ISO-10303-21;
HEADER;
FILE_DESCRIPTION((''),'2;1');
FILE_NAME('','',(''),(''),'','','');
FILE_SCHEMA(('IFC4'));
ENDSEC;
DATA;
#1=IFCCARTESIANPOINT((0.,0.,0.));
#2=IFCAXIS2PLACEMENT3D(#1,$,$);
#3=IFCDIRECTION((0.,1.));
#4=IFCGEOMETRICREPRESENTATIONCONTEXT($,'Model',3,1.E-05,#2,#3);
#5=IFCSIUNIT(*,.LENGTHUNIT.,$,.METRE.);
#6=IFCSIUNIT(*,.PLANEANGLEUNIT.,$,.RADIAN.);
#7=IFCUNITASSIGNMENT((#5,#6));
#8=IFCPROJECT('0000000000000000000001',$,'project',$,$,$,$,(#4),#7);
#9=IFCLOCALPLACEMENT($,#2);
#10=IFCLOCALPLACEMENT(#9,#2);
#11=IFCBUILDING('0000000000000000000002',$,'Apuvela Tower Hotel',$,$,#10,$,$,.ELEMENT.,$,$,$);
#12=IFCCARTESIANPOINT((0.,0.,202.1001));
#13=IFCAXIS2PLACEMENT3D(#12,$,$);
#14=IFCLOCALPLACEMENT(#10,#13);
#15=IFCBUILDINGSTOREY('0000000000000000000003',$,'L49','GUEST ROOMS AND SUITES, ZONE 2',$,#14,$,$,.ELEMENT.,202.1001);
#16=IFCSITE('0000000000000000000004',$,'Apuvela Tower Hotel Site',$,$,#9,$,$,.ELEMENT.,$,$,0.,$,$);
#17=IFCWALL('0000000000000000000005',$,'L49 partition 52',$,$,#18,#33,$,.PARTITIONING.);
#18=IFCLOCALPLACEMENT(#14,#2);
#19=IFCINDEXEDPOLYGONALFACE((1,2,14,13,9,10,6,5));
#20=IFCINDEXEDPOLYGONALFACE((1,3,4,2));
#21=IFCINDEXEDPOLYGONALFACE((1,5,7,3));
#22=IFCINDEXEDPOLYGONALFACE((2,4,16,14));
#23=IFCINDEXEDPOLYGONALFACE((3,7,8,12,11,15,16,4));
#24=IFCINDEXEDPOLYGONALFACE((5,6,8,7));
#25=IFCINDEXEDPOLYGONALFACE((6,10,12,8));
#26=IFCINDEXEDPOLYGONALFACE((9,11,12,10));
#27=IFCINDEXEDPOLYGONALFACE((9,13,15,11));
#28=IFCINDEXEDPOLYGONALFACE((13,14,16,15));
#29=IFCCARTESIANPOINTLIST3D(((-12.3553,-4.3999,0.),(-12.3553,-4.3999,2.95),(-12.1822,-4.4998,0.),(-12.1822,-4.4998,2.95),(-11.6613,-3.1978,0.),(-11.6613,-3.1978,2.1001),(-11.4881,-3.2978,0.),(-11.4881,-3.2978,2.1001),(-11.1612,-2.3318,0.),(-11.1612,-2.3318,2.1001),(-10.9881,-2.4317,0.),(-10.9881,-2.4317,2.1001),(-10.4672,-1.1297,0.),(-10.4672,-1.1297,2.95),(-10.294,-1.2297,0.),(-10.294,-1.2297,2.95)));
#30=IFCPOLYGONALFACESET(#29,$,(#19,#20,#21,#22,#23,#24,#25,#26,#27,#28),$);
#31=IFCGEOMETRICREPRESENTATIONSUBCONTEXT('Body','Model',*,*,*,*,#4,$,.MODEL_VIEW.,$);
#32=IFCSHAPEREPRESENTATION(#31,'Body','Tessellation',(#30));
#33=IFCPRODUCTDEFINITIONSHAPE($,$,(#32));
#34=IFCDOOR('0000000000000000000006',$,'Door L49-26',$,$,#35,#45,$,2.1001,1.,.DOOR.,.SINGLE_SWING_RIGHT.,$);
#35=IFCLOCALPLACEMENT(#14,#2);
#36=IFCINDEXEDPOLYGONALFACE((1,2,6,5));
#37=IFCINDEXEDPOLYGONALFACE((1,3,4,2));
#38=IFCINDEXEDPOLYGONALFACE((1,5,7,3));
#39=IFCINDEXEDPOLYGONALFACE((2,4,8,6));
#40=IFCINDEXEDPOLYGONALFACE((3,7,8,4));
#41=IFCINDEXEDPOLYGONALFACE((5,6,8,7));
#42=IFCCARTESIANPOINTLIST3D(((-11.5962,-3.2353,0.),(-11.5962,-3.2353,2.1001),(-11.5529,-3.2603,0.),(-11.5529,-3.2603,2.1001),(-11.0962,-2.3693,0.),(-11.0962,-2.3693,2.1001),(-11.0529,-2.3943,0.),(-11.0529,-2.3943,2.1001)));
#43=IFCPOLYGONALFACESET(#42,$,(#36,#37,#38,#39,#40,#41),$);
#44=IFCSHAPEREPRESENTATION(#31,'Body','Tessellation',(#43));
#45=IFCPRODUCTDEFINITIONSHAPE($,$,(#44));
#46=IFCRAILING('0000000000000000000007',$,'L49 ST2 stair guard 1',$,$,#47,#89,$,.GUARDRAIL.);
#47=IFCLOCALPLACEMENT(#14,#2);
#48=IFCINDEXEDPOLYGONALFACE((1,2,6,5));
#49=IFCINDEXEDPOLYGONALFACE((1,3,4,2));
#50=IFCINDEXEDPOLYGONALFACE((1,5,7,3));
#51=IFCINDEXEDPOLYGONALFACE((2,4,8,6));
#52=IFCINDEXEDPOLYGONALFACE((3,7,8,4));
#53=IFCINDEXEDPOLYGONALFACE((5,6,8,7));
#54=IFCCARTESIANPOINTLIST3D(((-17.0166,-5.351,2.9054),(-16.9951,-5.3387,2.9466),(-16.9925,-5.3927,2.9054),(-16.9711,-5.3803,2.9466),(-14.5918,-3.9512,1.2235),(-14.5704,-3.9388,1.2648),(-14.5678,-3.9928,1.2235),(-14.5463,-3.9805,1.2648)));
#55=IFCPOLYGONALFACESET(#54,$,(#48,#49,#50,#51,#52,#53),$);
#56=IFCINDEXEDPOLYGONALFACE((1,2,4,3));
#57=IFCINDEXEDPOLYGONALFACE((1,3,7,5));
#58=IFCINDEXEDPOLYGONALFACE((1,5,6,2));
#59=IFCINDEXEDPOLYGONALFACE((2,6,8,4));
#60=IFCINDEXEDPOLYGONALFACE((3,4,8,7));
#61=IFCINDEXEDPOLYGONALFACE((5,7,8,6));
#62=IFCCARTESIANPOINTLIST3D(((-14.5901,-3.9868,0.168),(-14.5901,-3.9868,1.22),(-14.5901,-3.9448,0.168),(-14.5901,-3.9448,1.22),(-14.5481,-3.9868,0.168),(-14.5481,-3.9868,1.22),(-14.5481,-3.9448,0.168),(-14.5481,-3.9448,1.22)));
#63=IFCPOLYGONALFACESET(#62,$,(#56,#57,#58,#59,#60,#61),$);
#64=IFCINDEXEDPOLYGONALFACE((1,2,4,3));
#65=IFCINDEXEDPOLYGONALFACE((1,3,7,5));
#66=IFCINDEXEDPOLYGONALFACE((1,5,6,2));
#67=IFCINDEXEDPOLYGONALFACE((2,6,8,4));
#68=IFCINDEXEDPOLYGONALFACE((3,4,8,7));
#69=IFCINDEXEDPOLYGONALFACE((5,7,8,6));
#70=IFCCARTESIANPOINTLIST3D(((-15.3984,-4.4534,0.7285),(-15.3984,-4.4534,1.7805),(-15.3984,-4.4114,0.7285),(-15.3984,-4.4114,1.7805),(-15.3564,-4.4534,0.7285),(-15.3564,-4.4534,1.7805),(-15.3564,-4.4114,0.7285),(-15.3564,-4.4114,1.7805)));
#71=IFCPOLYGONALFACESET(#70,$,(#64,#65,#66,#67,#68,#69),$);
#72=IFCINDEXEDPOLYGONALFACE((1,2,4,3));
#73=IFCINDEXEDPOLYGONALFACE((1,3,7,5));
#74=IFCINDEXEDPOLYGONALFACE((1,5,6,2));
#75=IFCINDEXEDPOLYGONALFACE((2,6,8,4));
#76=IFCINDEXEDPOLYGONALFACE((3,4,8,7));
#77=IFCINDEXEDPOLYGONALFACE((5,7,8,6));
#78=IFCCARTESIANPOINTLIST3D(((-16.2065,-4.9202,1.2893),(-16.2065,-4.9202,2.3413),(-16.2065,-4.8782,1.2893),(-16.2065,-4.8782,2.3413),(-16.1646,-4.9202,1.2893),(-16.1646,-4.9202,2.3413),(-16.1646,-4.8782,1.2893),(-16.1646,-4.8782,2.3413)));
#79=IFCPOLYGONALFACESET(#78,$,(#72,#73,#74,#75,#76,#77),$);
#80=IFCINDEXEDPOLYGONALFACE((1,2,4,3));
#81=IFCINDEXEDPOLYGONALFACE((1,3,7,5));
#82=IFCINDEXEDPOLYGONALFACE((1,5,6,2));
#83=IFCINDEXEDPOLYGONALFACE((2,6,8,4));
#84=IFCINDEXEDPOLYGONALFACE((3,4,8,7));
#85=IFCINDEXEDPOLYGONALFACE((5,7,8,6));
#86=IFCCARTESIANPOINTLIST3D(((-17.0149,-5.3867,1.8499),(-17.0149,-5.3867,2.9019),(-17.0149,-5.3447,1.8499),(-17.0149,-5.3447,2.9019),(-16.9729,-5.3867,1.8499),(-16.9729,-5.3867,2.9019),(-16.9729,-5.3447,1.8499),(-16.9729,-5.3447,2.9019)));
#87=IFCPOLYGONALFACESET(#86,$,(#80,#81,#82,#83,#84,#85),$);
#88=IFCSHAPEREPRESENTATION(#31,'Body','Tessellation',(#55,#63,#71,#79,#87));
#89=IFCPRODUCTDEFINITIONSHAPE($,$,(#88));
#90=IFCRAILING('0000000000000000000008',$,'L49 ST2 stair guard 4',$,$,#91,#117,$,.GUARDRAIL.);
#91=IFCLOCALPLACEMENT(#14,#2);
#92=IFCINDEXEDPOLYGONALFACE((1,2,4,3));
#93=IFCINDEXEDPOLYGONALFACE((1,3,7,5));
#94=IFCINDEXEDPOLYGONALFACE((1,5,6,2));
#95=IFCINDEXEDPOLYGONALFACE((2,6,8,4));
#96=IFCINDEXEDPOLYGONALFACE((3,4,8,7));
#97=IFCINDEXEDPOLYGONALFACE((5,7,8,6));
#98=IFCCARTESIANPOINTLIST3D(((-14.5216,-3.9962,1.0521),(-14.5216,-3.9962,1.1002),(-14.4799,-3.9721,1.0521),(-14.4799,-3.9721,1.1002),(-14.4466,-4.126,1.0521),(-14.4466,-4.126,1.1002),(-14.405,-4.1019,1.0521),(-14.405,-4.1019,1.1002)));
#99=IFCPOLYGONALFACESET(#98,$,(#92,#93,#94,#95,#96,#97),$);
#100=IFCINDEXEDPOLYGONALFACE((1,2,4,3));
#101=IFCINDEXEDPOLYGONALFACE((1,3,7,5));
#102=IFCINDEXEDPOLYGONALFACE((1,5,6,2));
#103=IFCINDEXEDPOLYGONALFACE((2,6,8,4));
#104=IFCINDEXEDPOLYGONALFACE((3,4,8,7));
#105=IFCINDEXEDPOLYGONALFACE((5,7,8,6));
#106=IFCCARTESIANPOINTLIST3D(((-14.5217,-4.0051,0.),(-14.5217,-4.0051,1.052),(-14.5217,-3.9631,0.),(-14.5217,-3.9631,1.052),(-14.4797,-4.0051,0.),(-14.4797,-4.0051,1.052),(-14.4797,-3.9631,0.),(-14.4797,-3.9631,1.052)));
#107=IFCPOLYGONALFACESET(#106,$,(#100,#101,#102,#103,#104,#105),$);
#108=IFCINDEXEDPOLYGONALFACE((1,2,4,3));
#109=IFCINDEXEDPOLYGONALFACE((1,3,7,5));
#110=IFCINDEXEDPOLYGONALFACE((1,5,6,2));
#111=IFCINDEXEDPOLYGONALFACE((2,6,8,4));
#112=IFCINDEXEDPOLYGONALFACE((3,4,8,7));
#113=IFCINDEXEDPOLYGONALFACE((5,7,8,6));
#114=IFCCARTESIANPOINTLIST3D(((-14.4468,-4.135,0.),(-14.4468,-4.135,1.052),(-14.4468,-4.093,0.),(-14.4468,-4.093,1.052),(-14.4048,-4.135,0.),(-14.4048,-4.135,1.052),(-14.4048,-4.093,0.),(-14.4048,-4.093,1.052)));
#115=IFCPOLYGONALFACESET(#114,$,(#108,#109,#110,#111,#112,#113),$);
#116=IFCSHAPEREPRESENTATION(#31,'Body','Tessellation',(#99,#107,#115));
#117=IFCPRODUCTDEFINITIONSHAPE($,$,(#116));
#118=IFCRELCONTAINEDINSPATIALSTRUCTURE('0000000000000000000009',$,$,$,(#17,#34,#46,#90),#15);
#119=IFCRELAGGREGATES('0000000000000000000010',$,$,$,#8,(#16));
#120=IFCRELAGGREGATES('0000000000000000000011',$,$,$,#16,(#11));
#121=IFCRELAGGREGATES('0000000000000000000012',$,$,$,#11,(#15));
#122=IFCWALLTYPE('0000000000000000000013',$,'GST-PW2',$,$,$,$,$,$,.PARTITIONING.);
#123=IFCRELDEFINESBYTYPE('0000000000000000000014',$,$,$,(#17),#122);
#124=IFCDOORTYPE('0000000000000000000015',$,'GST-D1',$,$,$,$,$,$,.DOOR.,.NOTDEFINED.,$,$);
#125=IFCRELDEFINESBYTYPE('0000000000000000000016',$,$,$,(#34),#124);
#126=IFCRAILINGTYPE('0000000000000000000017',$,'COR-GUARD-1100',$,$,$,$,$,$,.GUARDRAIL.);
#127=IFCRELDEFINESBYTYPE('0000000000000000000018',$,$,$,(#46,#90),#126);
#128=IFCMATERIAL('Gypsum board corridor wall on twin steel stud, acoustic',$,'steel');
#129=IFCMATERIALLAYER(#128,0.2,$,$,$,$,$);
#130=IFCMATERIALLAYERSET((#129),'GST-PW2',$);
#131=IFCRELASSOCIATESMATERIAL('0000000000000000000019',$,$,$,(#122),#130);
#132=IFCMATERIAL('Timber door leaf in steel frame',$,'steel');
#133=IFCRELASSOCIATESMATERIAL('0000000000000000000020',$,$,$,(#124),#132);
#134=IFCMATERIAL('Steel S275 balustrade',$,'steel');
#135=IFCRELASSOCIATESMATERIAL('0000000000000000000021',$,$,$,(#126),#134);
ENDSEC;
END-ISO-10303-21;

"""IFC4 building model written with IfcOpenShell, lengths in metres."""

from ifc_helpers import new_model, si_unit, direction, frame, frame_2d, origin, origin_2d, place, context, subcontext, project, spatial, rectangle, extrude, material, layer, layer_set, type_object, element, fill, save


model = new_model("IFC4")

# Units and contexts
model_context = context("Model", 3, precision=1e-05, world=origin(), true_north=direction((0.0, 1.0)))
body_context = subcontext(model_context, "Body", "Model", "MODEL_VIEW")
ifc_project = project(units=[si_unit("LENGTHUNIT", "METRE"), si_unit("PLANEANGLEUNIT", "RADIAN")], contexts=[model_context])

# Site, building, storey
site_placement = place(None, origin())
site = spatial("IfcSite", under=ifc_project, at=site_placement, Name="Apuvela Tower Hotel Site", CompositionType="ELEMENT", RefElevation=0.0)
building_placement = place(site_placement, origin())
building = spatial("IfcBuilding", under=site, at=building_placement, Name="Apuvela Tower Hotel", CompositionType="ELEMENT")
storey_placement = place(building_placement, frame((0.0, 0.0, 202.1001)))
storey = spatial("IfcBuildingStorey", under=building, at=storey_placement, Name="L49", Description="GUEST ROOMS AND SUITES, ZONE 2", CompositionType="ELEMENT", Elevation=202.1001)

# Wall, opening, door
ifc_material_1 = material(Name="Gypsum board corridor wall on twin steel stud, acoustic", Category="steel")
ifc_layer_1 = layer(ifc_material_1, 0.2)
ifc_layer_set_1 = layer_set([ifc_layer_1], Name="GST-PW2")
wall_type_1 = type_object("IfcWallType", Name="GST-PW2", PredefinedType="PARTITIONING", material=ifc_layer_set_1)
wall_1_placement = place(storey_placement, frame((-12.2688, -4.45, 0.0), z_axis=(0.0, 0.0, 1.0), x_axis=(0.500019, 0.866014, 0.0)))
wall_1 = element("IfcWall", 1, at=wall_1_placement, inside=storey, type_object=wall_type_1, Name="L49 partition 52", PredefinedType="PARTITIONING", context=body_context, shape_type="SweptSolid", body=[
    extrude(rectangle(XDim=3.7761, YDim=0.2, at=frame_2d((1.8882, 0.0))), origin(), (0.0, 0.0, 1.0), 2.95),
])
opening_1_placement = place(wall_1_placement, frame((1.3882, 0.0, 0.0)))
opening_1 = element("IfcOpeningElement", 2, at=opening_1_placement, cuts=wall_1, PredefinedType="OPENING", context=body_context, shape_type="SweptSolid", body=[
    extrude(rectangle(XDim=1.0, YDim=2.1001, at=frame_2d((0.5, 1.05))), frame((0.0, 0.1099, 0.0), z_axis=(0.0, -1.0, 0.0), x_axis=(1.0, 0.0, 0.0)), (0.0, 0.0, 1.0), 0.22),
])
ifc_material_2 = material(Name="Timber door leaf in steel frame", Category="steel")
door_type_1 = type_object("IfcDoorType", Name="GST-D1", OperationType="NOTDEFINED", PredefinedType="DOOR", material=ifc_material_2)
door_1_placement = place(opening_1_placement, origin())
door_1 = element("IfcDoor", 3, at=door_1_placement, inside=storey, type_object=door_type_1, Name="Door L49-26", OperationType="SINGLE_SWING_RIGHT", OverallHeight=2.1001, OverallWidth=1.0, PredefinedType="DOOR", context=body_context, shape_type="SweptSolid", body=[
    extrude(rectangle(XDim=1.0, YDim=2.1001, at=frame_2d((0.5, 1.05))), frame((0.0, 0.0249, 0.0), z_axis=(0.0, -1.0, 0.0), x_axis=(1.0, 0.0, 0.0)), (0.0, 0.0, 1.0), 0.05),
])
fill(opening_1, door_1)

# Railings
ifc_material_3 = material(Name="Steel S275 balustrade", Category="steel")
railing_type = type_object("IfcRailingType", Name="COR-GUARD-1100", PredefinedType="GUARDRAIL", material=ifc_material_3)
railing_1_placement = place(storey_placement, frame((-14.5691, -3.9658, 0.168)))
element("IfcRailing", 4, at=railing_1_placement, inside=storey, type_object=railing_type, Name="L49 ST2 stair guard 1", PredefinedType="GUARDRAIL", context=body_context, shape_type="SweptSolid", body=[
    extrude(rectangle(XDim=0.0481, YDim=0.0481, at=origin_2d()), frame((0.0, 0.0, 1.0762), z_axis=(-0.74239, -0.428601, 0.514934), x_axis=(0.499984, -0.866035, 0.0)), (0.0, 0.0, 1.0), 3.2661),
    extrude(rectangle(XDim=0.042, YDim=0.042, at=origin_2d()), origin(), (0.0, 0.0, 1.0), 1.052),
    extrude(rectangle(XDim=0.042, YDim=0.042, at=origin_2d()), frame((-0.8083, -0.4666, 0.5605)), (0.0, 0.0, 1.0), 1.052),
    extrude(rectangle(XDim=0.042, YDim=0.042, at=origin_2d()), frame((-1.6165, -0.9333, 1.1213)), (0.0, 0.0, 1.0), 1.052),
    extrude(rectangle(XDim=0.042, YDim=0.042, at=origin_2d()), frame((-2.4248, -1.3999, 1.6819)), (0.0, 0.0, 1.0), 1.052),
])
railing_2_placement = place(storey_placement, frame((-14.5007, -3.9841, 0.0)))
element("IfcRailing", 5, at=railing_2_placement, inside=storey, type_object=railing_type, Name="L49 ST2 stair guard 4", PredefinedType="GUARDRAIL", context=body_context, shape_type="SweptSolid", body=[
    extrude(rectangle(XDim=0.0481, YDim=0.0481, at=origin_2d()), frame((0.0, 0.0, 1.0762), z_axis=(0.499816, -0.866131, 0.0), x_axis=(0.866131, 0.499816, 0.0)), (0.0, 0.0, 1.0), 0.1499),
    extrude(rectangle(XDim=0.042, YDim=0.042, at=origin_2d()), origin(), (0.0, 0.0, 1.0), 1.052),
    extrude(rectangle(XDim=0.042, YDim=0.042, at=origin_2d()), frame((0.075, -0.1299, 0.0)), (0.0, 0.0, 1.0), 1.052),
])

save(model, "model.ifc")
